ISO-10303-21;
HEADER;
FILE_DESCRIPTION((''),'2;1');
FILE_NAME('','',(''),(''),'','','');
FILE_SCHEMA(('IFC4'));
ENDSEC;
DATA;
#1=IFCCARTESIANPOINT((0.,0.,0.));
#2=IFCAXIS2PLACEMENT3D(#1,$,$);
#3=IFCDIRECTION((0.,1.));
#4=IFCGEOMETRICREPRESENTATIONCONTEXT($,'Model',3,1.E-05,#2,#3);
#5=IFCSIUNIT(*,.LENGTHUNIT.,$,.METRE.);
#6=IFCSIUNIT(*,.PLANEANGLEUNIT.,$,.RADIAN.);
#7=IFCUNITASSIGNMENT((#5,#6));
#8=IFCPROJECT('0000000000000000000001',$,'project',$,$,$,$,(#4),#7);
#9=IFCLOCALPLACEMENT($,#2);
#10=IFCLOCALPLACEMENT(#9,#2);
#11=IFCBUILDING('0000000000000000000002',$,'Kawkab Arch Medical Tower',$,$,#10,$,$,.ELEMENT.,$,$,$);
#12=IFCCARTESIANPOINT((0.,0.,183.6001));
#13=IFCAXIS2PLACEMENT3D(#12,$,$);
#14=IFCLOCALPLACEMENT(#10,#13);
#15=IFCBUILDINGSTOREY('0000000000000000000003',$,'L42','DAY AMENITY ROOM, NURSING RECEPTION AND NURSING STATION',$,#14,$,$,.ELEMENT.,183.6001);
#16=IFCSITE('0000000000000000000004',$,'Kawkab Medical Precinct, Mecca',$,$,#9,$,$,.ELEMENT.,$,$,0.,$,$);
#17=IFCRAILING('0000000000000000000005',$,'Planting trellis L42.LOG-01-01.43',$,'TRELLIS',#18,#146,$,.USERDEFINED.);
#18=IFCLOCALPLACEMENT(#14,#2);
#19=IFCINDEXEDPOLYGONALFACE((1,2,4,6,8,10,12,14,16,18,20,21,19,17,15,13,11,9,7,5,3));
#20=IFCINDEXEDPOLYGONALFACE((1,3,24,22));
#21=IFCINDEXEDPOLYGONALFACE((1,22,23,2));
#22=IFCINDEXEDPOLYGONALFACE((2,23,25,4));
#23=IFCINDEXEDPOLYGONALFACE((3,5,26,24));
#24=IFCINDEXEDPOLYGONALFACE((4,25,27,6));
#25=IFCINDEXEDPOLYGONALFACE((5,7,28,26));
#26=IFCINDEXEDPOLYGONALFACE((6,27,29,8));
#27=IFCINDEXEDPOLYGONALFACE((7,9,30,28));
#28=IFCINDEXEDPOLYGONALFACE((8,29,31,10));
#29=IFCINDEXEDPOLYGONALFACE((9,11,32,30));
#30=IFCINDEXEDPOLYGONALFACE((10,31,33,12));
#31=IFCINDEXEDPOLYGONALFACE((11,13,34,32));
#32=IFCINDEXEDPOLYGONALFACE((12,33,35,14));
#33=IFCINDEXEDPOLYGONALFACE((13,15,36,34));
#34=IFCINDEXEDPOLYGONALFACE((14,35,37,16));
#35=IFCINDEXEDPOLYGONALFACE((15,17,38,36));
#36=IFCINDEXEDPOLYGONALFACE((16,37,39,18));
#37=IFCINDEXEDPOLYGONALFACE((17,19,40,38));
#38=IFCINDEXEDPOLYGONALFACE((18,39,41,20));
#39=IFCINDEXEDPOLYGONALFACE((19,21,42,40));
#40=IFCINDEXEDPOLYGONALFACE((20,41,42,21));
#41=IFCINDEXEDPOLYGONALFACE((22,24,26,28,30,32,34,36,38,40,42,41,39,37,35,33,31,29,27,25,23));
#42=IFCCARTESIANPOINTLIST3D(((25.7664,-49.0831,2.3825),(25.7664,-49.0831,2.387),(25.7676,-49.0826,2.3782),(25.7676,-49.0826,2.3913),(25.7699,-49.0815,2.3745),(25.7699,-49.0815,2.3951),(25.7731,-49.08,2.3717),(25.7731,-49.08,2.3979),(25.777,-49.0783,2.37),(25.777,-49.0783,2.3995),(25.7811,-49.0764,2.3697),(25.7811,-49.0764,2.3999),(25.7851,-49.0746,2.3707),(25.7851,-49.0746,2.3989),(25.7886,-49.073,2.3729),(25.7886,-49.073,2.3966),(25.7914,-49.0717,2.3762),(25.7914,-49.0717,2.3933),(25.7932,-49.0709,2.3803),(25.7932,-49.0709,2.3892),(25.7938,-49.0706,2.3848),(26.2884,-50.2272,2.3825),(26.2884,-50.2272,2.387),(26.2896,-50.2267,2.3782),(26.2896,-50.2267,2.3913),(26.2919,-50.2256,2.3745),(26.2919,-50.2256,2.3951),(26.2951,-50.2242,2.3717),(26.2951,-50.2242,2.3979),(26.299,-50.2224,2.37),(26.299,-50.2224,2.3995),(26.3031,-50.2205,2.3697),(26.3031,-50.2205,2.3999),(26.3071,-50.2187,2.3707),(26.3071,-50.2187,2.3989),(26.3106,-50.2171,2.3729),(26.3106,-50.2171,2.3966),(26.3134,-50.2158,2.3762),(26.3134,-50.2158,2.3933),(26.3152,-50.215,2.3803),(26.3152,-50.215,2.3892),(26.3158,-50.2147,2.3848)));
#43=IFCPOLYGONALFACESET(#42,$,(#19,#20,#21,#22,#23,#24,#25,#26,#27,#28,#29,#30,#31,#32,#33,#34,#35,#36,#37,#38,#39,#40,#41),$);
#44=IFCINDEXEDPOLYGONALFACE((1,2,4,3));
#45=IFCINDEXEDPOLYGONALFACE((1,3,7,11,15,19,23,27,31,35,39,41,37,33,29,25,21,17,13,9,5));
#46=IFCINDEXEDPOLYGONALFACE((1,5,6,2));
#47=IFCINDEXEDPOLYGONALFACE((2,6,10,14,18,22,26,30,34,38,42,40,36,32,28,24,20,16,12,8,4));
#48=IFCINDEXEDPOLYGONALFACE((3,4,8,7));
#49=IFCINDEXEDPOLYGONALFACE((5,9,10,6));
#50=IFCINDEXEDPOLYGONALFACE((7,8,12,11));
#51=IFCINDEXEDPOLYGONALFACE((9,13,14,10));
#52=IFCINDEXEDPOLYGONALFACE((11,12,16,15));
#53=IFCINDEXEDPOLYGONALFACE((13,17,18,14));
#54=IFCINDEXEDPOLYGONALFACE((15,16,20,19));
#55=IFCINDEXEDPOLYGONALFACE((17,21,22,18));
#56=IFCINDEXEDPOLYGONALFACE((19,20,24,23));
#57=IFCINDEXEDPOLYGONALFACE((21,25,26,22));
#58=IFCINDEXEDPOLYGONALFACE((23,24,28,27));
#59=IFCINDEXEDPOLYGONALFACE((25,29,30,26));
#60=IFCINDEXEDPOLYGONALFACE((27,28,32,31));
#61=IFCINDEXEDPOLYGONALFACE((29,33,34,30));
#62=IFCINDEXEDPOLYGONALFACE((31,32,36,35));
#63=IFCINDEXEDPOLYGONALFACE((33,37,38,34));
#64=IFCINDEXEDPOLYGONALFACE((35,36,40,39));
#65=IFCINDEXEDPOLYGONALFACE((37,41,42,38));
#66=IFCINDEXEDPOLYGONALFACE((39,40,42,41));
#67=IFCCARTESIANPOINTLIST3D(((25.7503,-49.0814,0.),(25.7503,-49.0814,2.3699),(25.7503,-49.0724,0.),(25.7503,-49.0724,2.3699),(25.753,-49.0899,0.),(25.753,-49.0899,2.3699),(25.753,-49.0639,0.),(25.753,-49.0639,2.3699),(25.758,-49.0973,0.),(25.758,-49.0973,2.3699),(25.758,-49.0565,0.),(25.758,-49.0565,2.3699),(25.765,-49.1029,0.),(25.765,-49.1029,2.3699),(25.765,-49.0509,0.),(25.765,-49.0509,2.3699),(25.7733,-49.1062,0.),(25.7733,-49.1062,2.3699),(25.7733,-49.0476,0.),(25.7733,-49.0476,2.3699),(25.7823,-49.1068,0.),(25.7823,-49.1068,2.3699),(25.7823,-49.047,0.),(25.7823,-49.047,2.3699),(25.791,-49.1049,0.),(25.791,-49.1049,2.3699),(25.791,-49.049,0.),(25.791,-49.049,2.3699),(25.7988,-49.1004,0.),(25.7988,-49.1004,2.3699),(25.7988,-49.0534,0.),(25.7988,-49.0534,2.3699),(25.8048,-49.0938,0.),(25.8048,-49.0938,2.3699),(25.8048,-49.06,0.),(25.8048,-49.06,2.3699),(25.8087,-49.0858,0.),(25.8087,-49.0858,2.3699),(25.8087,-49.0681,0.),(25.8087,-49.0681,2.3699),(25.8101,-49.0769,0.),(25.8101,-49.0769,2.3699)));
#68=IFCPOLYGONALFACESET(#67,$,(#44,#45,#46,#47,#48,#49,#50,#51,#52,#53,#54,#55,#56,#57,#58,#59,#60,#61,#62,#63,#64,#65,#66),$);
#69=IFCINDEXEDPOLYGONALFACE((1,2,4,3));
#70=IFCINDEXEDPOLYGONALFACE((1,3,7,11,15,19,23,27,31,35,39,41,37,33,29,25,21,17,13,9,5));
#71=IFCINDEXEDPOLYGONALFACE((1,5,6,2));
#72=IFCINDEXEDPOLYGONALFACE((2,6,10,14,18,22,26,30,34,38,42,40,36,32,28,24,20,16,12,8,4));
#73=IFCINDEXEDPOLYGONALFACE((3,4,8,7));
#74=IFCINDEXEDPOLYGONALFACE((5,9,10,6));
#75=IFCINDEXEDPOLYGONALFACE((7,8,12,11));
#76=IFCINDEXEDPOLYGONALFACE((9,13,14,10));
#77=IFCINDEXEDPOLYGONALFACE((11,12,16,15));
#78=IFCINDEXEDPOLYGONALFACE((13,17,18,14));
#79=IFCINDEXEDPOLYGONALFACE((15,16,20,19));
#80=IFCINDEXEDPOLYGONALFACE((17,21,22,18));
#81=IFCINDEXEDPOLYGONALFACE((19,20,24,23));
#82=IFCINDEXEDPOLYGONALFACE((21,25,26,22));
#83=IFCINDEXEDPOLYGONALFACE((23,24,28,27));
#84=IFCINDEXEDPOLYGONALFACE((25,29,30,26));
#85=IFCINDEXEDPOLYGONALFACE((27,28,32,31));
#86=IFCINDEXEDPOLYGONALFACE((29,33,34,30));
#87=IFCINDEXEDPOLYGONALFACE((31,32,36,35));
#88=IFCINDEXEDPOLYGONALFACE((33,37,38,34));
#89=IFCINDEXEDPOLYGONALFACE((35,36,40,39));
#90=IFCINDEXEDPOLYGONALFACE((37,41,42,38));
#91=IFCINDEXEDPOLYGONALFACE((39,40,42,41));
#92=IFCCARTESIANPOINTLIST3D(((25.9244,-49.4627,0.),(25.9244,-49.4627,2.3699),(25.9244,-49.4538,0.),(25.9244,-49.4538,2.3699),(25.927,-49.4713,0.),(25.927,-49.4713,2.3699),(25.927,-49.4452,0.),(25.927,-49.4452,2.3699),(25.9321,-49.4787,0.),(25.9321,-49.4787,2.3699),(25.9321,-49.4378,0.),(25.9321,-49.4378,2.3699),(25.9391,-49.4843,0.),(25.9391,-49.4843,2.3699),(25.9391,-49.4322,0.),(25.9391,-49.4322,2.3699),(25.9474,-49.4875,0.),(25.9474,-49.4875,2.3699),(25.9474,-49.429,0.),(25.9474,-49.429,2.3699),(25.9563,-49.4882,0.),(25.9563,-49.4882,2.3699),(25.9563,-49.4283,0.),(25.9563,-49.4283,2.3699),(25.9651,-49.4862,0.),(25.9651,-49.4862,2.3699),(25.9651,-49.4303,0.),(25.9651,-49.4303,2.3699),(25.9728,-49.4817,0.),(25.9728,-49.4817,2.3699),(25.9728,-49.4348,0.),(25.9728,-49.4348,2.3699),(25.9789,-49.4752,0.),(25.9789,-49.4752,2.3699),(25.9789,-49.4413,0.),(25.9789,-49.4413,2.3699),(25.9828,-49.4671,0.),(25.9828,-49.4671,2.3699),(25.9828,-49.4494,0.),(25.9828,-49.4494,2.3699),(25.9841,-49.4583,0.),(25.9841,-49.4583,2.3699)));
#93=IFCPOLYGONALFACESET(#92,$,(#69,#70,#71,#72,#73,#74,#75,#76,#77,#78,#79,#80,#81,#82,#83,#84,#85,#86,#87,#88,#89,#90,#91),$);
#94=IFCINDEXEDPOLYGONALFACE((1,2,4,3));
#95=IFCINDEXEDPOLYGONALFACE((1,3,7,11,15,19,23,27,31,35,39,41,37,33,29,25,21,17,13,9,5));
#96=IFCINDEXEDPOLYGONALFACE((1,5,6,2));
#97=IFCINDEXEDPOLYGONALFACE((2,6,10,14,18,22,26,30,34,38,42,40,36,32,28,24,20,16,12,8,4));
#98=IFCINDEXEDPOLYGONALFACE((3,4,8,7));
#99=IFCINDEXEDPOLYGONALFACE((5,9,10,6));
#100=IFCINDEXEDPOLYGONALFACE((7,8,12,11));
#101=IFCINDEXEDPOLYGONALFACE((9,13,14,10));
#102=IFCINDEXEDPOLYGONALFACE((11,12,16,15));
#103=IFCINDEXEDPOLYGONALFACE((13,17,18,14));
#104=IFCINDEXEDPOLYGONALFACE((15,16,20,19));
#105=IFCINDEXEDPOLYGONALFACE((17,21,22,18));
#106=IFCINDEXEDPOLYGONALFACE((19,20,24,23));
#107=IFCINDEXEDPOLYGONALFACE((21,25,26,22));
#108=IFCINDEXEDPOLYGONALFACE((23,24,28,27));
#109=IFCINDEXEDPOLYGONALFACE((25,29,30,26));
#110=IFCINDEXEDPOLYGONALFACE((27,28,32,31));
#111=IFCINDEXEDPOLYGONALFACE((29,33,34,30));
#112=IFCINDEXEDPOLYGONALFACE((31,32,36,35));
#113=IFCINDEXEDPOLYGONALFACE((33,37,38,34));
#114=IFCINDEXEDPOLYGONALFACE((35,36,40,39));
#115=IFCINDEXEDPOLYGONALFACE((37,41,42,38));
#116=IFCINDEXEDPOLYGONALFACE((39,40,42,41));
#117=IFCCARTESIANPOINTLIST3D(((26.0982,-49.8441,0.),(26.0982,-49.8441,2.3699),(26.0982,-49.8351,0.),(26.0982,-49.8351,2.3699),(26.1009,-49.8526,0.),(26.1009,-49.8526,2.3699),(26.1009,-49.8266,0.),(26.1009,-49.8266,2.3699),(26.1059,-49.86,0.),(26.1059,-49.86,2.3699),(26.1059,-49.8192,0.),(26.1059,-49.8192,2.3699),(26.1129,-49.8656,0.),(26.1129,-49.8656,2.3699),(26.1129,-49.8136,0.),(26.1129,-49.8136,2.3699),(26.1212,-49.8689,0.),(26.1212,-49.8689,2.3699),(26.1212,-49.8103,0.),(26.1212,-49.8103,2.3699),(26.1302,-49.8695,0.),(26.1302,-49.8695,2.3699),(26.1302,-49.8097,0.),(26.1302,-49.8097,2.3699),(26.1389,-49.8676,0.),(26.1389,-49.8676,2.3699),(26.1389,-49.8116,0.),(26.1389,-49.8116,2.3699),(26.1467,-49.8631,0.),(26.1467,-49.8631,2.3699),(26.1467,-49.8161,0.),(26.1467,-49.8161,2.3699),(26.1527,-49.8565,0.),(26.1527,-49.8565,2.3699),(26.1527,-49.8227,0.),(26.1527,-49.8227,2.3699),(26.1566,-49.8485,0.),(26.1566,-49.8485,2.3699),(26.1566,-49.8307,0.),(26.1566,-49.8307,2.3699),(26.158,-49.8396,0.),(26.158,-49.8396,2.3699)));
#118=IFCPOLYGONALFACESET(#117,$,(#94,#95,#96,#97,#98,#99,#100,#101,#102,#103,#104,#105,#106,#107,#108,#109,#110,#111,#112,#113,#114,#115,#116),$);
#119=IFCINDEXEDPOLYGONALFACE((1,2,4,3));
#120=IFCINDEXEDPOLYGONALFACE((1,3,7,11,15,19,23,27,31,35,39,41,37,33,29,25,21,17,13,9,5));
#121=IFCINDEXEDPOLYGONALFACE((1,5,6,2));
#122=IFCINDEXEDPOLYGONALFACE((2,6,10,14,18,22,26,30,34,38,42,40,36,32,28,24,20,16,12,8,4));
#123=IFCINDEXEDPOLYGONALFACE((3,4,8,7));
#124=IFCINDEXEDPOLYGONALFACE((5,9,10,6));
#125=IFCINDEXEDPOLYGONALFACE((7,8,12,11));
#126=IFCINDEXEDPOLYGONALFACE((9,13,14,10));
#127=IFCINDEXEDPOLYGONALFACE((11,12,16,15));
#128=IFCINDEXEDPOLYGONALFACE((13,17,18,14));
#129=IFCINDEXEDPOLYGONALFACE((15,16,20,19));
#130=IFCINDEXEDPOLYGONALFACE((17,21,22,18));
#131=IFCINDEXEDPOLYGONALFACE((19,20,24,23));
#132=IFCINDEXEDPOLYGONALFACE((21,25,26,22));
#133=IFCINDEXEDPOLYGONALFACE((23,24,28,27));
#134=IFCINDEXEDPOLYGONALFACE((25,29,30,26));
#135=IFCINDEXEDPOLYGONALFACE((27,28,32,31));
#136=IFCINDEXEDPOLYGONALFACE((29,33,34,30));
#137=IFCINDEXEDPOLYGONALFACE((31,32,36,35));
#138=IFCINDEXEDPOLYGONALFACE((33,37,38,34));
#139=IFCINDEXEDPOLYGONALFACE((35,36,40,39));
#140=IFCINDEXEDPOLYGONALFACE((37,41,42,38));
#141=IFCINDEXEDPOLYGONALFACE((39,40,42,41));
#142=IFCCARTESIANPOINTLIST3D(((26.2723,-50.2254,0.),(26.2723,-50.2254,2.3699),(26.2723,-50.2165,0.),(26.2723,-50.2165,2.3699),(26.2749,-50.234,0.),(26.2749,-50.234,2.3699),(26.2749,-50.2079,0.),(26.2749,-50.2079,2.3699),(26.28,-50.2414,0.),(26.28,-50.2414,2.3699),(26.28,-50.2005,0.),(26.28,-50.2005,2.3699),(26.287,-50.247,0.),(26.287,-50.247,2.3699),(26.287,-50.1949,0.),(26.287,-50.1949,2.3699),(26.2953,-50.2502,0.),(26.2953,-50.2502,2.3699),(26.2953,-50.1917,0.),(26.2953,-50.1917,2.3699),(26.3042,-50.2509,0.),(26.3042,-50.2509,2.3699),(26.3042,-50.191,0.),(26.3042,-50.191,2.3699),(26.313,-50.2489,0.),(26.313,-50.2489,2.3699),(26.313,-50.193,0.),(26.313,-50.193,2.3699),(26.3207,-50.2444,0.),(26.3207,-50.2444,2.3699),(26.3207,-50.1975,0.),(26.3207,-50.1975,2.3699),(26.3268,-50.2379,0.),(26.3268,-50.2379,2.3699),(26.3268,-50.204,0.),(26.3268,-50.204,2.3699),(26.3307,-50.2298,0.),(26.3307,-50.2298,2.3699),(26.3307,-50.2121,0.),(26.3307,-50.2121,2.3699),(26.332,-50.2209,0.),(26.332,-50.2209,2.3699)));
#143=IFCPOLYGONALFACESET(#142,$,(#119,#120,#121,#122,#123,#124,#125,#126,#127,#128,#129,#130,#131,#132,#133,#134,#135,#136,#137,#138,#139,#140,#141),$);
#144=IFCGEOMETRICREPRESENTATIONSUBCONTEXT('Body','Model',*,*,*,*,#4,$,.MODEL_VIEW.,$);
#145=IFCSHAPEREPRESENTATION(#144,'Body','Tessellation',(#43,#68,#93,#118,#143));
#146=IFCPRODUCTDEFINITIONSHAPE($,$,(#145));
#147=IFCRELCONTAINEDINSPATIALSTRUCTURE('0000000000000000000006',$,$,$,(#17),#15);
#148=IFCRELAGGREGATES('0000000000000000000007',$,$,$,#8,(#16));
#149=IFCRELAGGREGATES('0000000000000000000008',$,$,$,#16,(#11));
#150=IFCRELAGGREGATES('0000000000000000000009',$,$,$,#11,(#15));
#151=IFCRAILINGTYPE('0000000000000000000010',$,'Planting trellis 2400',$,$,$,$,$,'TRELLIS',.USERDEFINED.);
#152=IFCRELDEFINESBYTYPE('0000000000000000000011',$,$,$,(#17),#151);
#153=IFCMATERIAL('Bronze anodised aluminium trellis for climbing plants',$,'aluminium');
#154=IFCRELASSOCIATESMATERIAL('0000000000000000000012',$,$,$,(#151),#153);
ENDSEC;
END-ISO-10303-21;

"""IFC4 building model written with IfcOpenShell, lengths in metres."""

from ifc_helpers import new_model, si_unit, direction, frame, origin, origin_2d, place, context, subcontext, project, spatial, circle, extrude, material, type_object, element, save


model = new_model("IFC4")

# Units and contexts
model_context = context("Model", 3, precision=1e-05, world=origin(), true_north=direction((0.0, 1.0)))
body_context = subcontext(model_context, "Body", "Model", "MODEL_VIEW")
ifc_project = project(units=[si_unit("LENGTHUNIT", "METRE"), si_unit("PLANEANGLEUNIT", "RADIAN")], contexts=[model_context])

# Site, building, storey
site_placement = place(None, origin())
site = spatial("IfcSite", under=ifc_project, at=site_placement, Name="Kawkab Medical Precinct, Mecca", CompositionType="ELEMENT", RefElevation=0.0)
building_placement = place(site_placement, origin())
building = spatial("IfcBuilding", under=site, at=building_placement, Name="Kawkab Arch Medical Tower", CompositionType="ELEMENT")
storey_placement = place(building_placement, frame((0.0, 0.0, 183.6001)))
storey = spatial("IfcBuildingStorey", under=building, at=storey_placement, Name="L42", Description="DAY AMENITY ROOM, NURSING RECEPTION AND NURSING STATION", CompositionType="ELEMENT", Elevation=183.6001)

# Railing
ifc_material_1 = material(Name="Bronze anodised aluminium trellis for climbing plants", Category="aluminium")
railing_type = type_object("IfcRailingType", Name="Planting trellis 2400", ElementType="TRELLIS", PredefinedType="USERDEFINED", material=ifc_material_1)
railing_1_placement = place(storey_placement, frame((25.78, -49.0769, 0.0)))
element("IfcRailing", 1, at=railing_1_placement, inside=storey, type_object=railing_type, Name="Planting trellis L42.LOG-01-01.43", ObjectType="TRELLIS", PredefinedType="USERDEFINED", context=body_context, shape_type="SweptSolid", body=[
    extrude(circle(Radius=0.0151, at=origin_2d()), frame((0.0, 0.0, 2.3848), z_axis=(0.41509, -0.90978, 0.0), x_axis=(0.90978, 0.41509, 0.0)), (0.0, 0.0, 1.0), 1.2576),
    extrude(circle(Radius=0.03, at=origin_2d()), origin(), (0.0, 0.0, 1.0), 2.3699),
    extrude(circle(Radius=0.03, at=origin_2d()), frame((0.1741, -0.3813, 0.0)), (0.0, 0.0, 1.0), 2.3699),
    extrude(circle(Radius=0.03, at=origin_2d()), frame((0.3479, -0.7627, 0.0)), (0.0, 0.0, 1.0), 2.3699),
    extrude(circle(Radius=0.03, at=origin_2d()), frame((0.522, -1.144, 0.0)), (0.0, 0.0, 1.0), 2.3699),
])

save(model, "model.ifc")
